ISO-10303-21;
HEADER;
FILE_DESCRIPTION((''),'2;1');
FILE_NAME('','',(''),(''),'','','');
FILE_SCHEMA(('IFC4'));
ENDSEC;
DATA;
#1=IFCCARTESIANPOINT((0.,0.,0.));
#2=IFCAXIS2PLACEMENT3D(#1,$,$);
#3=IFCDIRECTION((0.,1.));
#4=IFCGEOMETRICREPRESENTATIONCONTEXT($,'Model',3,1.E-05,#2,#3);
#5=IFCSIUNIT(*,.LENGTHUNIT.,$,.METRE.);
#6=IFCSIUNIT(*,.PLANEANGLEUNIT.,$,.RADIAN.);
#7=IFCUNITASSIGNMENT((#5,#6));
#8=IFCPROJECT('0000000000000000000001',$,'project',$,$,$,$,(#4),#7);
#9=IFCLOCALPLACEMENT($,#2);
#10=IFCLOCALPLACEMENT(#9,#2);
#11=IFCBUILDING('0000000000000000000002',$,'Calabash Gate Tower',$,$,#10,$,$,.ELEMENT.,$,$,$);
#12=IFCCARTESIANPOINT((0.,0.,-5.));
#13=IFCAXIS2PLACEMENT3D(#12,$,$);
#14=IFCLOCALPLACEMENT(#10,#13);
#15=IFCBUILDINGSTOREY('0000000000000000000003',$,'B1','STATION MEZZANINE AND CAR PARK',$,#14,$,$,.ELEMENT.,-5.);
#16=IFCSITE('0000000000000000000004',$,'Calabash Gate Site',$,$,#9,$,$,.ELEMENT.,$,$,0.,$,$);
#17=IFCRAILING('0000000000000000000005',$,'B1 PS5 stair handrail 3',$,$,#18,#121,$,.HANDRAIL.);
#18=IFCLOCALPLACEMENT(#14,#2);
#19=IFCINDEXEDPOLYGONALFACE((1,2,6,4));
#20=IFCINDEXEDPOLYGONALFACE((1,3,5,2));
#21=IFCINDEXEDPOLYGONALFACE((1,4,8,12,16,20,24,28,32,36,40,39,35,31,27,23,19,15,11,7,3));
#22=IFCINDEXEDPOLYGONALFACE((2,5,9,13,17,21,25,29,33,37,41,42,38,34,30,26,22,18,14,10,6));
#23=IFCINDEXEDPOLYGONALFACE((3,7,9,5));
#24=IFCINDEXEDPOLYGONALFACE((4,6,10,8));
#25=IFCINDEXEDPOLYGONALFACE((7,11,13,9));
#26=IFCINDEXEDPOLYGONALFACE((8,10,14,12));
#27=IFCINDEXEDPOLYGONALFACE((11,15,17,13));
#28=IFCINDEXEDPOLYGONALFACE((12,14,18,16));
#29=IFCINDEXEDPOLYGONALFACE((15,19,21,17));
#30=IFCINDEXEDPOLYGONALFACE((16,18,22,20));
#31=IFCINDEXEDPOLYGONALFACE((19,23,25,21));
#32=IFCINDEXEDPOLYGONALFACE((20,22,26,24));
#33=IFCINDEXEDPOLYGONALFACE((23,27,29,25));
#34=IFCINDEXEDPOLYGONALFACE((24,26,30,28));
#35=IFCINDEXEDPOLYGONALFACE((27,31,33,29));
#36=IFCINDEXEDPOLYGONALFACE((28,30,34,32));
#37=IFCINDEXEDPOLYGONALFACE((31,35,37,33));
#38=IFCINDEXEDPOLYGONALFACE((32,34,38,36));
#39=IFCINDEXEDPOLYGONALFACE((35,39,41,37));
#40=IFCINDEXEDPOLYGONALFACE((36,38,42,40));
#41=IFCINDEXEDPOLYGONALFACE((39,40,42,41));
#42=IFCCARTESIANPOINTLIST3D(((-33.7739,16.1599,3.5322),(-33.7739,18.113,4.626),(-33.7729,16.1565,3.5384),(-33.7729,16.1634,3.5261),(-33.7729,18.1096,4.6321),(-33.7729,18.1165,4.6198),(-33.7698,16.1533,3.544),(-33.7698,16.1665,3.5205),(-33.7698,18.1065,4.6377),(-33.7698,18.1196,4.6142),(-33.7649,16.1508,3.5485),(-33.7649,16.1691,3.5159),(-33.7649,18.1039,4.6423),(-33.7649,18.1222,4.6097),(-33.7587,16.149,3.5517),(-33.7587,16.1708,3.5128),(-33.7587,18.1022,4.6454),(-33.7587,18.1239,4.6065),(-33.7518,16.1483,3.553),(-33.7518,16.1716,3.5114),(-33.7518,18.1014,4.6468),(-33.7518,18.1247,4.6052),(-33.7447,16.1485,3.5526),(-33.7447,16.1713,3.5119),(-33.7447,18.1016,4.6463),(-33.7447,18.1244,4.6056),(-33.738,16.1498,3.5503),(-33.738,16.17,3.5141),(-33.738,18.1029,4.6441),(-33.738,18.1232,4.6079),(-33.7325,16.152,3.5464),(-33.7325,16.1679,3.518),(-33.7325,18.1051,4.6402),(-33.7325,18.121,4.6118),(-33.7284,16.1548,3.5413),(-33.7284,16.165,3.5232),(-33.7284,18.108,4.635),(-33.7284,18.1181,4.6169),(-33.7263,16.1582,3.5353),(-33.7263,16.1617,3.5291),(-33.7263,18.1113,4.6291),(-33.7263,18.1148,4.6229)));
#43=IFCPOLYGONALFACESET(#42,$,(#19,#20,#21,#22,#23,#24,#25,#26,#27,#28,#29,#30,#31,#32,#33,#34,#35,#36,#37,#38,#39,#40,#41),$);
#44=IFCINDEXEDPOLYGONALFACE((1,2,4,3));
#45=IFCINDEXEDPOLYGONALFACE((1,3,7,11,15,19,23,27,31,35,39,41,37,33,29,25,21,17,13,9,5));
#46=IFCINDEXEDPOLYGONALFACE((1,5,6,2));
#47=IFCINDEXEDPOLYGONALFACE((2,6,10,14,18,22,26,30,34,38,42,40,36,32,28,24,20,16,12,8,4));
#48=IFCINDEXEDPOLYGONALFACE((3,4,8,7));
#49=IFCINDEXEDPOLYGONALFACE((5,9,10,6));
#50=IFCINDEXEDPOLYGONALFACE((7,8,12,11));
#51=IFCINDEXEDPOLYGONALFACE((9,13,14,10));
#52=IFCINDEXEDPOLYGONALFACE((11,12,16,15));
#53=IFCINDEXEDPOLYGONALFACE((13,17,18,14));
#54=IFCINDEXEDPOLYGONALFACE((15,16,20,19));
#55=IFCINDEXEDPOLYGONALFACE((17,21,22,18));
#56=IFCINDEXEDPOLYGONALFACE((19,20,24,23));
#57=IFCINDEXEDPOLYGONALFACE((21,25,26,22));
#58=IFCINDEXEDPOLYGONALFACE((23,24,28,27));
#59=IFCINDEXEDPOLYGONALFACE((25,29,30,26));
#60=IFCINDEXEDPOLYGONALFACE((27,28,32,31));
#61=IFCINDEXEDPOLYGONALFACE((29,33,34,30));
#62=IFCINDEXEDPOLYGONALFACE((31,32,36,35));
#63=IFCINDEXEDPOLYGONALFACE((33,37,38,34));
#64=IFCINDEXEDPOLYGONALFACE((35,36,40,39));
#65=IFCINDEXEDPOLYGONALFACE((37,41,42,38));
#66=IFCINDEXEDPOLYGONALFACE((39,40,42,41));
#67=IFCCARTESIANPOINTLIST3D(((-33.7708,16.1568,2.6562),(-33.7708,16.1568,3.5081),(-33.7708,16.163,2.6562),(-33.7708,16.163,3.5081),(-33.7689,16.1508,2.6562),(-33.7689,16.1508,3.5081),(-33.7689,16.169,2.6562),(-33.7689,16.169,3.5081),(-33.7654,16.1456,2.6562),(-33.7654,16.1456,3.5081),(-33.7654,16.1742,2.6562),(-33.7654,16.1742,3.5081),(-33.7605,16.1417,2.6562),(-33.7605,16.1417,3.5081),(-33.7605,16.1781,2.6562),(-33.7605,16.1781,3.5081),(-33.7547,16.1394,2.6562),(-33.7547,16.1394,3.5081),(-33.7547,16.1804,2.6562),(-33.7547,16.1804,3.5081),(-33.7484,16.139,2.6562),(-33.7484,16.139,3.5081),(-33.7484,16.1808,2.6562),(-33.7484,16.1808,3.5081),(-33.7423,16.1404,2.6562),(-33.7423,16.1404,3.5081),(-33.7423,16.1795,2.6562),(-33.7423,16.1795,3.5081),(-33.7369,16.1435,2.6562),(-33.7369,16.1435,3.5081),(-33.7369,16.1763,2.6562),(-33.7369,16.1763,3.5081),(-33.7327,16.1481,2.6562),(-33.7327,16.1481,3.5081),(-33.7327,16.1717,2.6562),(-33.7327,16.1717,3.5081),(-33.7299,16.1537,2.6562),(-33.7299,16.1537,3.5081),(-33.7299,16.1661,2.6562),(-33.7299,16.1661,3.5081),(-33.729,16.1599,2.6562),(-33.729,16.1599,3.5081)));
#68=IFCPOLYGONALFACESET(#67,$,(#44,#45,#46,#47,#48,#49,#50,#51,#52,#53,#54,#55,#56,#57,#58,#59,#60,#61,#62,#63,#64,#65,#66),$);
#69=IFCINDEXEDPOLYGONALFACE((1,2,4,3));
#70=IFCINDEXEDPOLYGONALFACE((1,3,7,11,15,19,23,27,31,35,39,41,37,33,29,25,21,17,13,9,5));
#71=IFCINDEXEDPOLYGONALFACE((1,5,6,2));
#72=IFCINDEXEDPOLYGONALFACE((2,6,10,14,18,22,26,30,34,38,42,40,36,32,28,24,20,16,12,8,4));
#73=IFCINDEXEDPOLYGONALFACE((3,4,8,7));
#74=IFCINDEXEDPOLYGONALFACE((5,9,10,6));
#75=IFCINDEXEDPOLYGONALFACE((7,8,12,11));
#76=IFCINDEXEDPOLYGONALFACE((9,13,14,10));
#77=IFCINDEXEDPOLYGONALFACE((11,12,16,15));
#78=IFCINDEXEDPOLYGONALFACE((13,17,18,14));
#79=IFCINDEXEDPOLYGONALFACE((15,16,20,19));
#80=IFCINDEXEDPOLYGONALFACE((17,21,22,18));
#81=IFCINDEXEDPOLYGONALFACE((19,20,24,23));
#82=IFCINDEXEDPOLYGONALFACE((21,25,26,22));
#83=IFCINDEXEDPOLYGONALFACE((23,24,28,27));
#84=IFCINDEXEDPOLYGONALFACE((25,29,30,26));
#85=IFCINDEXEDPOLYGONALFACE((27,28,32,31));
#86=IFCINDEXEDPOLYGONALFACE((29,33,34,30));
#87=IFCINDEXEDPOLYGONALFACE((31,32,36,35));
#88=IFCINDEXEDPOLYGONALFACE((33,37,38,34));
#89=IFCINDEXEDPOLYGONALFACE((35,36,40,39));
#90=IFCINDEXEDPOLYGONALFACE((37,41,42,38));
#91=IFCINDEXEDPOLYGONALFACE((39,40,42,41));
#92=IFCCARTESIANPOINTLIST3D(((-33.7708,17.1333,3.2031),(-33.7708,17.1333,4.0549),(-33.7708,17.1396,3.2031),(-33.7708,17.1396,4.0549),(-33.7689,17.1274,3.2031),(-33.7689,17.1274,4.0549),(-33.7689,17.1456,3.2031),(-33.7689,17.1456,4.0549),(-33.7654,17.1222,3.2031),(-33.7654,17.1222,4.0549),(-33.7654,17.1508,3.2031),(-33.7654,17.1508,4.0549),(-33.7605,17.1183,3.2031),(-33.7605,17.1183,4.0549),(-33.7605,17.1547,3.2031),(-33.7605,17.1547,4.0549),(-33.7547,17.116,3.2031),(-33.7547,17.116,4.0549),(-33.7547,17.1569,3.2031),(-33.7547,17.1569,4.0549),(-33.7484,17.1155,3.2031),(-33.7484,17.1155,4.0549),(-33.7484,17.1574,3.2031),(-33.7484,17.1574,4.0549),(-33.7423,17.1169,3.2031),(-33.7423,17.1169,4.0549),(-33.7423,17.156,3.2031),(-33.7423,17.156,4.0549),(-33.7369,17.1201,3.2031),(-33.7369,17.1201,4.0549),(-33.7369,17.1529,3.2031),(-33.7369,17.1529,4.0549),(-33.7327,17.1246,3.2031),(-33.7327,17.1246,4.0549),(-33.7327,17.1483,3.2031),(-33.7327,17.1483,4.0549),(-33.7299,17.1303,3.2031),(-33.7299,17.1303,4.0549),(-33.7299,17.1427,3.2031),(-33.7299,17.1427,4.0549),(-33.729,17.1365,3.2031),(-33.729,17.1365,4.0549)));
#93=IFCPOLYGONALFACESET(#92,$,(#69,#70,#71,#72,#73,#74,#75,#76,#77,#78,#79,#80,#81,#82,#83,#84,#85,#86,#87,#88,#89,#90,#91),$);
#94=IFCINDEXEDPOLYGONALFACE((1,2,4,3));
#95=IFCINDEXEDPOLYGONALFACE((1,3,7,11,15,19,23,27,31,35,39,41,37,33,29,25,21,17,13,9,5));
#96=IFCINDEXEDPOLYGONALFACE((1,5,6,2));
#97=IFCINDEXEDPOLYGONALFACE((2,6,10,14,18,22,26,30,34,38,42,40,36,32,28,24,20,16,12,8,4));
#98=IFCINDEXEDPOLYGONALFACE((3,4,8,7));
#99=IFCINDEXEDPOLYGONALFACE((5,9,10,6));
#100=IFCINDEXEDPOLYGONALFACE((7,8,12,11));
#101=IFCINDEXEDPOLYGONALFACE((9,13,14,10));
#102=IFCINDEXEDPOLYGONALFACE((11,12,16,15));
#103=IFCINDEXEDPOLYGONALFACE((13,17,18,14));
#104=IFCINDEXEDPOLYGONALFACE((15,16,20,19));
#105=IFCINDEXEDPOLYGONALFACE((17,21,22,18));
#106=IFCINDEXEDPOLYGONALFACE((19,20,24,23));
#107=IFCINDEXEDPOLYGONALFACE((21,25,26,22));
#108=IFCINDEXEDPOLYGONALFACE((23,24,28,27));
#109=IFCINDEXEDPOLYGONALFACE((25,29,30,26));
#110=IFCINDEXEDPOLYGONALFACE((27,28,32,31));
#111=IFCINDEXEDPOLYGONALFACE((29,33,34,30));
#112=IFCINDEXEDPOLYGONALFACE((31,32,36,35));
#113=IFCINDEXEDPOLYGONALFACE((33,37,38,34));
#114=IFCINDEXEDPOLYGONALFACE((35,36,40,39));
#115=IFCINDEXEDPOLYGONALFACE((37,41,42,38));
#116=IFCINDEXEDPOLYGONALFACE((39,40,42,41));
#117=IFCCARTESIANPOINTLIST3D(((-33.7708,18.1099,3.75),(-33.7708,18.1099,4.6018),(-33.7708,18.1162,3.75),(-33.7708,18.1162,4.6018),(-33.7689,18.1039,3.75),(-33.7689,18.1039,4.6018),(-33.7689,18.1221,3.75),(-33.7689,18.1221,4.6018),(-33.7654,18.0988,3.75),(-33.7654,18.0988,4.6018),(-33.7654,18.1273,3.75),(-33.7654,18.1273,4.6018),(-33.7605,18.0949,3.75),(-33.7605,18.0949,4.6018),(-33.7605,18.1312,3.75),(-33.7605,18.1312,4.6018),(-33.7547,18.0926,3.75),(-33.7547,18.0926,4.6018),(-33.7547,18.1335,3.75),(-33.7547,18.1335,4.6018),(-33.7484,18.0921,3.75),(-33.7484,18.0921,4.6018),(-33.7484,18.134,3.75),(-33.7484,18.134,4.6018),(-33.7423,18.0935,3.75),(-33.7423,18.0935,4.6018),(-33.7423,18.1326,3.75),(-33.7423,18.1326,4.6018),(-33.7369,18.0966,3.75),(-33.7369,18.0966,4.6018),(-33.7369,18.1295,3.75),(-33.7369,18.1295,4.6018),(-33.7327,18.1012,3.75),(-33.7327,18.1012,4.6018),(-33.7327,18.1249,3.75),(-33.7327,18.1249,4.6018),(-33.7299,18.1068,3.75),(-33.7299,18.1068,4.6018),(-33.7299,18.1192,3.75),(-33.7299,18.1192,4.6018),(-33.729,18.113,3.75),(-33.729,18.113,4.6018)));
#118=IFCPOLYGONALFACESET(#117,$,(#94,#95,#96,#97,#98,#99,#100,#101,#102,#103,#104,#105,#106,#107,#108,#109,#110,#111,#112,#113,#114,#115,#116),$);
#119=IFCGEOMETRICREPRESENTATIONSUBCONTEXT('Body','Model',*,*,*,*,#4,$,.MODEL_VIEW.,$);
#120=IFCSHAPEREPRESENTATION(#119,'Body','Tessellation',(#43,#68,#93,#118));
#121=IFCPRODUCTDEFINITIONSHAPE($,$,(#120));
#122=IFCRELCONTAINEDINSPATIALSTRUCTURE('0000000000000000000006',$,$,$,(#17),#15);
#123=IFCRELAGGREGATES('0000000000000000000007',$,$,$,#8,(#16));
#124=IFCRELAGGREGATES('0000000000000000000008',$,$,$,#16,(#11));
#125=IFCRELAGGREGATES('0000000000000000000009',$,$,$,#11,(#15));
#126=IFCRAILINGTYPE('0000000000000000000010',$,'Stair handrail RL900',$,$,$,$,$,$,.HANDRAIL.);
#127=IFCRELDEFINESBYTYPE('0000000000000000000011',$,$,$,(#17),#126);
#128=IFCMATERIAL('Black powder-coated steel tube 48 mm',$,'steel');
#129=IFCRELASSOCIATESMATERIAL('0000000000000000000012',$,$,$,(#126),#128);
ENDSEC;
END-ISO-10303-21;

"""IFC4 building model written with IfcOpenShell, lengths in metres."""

from ifc_helpers import new_model, si_unit, direction, frame, origin, origin_2d, place, context, subcontext, project, spatial, circle, extrude, material, type_object, element, save


model = new_model("IFC4")

# Units and contexts
model_context = context("Model", 3, precision=1e-05, world=origin(), true_north=direction((0.0, 1.0)))
body_context = subcontext(model_context, "Body", "Model", "MODEL_VIEW")
ifc_project = project(units=[si_unit("LENGTHUNIT", "METRE"), si_unit("PLANEANGLEUNIT", "RADIAN")], contexts=[model_context])

# Site, building, storey
site_placement = place(None, origin())
site = spatial("IfcSite", under=ifc_project, at=site_placement, Name="Calabash Gate Site", CompositionType="ELEMENT", RefElevation=0.0)
building_placement = place(site_placement, origin())
building = spatial("IfcBuilding", under=site, at=building_placement, Name="Calabash Gate Tower", CompositionType="ELEMENT")
storey_placement = place(building_placement, frame((0.0, 0.0, -5.0)))
storey = spatial("IfcBuildingStorey", under=building, at=storey_placement, Name="B1", Description="STATION MEZZANINE AND CAR PARK", CompositionType="ELEMENT", Elevation=-5.0)

# Railing
ifc_material_1 = material(Name="Black powder-coated steel tube 48 mm", Category="steel")
railing_type_1 = type_object("IfcRailingType", Name="Stair handrail RL900", PredefinedType="HANDRAIL", material=ifc_material_1)
for number, where, name in (
    (1, (-33.75, 16.1599, 2.6562), "B1 PS5 stair handrail 3"),
):
    element("IfcRailing", number, at=place(storey_placement, frame(where)), inside=storey, type_object=railing_type_1, Name=name, PredefinedType="HANDRAIL", context=body_context, shape_type="SweptSolid", body=[
        extrude(circle(Radius=0.0239, at=origin_2d()), frame((0.0, 0.0, 0.876), z_axis=(0.0, 0.872506, 0.488603), x_axis=(-1.0, 0.0, 0.0)), (0.0, 0.0, 1.0), 2.2385),
        extrude(circle(Radius=0.021, at=origin_2d()), origin(), (0.0, 0.0, 1.0), 0.8518),
        extrude(circle(Radius=0.021, at=origin_2d()), frame((0.0, 0.9766, 0.5469)), (0.0, 0.0, 1.0), 0.8518),
        extrude(circle(Radius=0.021, at=origin_2d()), frame((0.0, 1.9531, 1.0938)), (0.0, 0.0, 1.0), 0.8518),
    ])

save(model, "model.ifc")
